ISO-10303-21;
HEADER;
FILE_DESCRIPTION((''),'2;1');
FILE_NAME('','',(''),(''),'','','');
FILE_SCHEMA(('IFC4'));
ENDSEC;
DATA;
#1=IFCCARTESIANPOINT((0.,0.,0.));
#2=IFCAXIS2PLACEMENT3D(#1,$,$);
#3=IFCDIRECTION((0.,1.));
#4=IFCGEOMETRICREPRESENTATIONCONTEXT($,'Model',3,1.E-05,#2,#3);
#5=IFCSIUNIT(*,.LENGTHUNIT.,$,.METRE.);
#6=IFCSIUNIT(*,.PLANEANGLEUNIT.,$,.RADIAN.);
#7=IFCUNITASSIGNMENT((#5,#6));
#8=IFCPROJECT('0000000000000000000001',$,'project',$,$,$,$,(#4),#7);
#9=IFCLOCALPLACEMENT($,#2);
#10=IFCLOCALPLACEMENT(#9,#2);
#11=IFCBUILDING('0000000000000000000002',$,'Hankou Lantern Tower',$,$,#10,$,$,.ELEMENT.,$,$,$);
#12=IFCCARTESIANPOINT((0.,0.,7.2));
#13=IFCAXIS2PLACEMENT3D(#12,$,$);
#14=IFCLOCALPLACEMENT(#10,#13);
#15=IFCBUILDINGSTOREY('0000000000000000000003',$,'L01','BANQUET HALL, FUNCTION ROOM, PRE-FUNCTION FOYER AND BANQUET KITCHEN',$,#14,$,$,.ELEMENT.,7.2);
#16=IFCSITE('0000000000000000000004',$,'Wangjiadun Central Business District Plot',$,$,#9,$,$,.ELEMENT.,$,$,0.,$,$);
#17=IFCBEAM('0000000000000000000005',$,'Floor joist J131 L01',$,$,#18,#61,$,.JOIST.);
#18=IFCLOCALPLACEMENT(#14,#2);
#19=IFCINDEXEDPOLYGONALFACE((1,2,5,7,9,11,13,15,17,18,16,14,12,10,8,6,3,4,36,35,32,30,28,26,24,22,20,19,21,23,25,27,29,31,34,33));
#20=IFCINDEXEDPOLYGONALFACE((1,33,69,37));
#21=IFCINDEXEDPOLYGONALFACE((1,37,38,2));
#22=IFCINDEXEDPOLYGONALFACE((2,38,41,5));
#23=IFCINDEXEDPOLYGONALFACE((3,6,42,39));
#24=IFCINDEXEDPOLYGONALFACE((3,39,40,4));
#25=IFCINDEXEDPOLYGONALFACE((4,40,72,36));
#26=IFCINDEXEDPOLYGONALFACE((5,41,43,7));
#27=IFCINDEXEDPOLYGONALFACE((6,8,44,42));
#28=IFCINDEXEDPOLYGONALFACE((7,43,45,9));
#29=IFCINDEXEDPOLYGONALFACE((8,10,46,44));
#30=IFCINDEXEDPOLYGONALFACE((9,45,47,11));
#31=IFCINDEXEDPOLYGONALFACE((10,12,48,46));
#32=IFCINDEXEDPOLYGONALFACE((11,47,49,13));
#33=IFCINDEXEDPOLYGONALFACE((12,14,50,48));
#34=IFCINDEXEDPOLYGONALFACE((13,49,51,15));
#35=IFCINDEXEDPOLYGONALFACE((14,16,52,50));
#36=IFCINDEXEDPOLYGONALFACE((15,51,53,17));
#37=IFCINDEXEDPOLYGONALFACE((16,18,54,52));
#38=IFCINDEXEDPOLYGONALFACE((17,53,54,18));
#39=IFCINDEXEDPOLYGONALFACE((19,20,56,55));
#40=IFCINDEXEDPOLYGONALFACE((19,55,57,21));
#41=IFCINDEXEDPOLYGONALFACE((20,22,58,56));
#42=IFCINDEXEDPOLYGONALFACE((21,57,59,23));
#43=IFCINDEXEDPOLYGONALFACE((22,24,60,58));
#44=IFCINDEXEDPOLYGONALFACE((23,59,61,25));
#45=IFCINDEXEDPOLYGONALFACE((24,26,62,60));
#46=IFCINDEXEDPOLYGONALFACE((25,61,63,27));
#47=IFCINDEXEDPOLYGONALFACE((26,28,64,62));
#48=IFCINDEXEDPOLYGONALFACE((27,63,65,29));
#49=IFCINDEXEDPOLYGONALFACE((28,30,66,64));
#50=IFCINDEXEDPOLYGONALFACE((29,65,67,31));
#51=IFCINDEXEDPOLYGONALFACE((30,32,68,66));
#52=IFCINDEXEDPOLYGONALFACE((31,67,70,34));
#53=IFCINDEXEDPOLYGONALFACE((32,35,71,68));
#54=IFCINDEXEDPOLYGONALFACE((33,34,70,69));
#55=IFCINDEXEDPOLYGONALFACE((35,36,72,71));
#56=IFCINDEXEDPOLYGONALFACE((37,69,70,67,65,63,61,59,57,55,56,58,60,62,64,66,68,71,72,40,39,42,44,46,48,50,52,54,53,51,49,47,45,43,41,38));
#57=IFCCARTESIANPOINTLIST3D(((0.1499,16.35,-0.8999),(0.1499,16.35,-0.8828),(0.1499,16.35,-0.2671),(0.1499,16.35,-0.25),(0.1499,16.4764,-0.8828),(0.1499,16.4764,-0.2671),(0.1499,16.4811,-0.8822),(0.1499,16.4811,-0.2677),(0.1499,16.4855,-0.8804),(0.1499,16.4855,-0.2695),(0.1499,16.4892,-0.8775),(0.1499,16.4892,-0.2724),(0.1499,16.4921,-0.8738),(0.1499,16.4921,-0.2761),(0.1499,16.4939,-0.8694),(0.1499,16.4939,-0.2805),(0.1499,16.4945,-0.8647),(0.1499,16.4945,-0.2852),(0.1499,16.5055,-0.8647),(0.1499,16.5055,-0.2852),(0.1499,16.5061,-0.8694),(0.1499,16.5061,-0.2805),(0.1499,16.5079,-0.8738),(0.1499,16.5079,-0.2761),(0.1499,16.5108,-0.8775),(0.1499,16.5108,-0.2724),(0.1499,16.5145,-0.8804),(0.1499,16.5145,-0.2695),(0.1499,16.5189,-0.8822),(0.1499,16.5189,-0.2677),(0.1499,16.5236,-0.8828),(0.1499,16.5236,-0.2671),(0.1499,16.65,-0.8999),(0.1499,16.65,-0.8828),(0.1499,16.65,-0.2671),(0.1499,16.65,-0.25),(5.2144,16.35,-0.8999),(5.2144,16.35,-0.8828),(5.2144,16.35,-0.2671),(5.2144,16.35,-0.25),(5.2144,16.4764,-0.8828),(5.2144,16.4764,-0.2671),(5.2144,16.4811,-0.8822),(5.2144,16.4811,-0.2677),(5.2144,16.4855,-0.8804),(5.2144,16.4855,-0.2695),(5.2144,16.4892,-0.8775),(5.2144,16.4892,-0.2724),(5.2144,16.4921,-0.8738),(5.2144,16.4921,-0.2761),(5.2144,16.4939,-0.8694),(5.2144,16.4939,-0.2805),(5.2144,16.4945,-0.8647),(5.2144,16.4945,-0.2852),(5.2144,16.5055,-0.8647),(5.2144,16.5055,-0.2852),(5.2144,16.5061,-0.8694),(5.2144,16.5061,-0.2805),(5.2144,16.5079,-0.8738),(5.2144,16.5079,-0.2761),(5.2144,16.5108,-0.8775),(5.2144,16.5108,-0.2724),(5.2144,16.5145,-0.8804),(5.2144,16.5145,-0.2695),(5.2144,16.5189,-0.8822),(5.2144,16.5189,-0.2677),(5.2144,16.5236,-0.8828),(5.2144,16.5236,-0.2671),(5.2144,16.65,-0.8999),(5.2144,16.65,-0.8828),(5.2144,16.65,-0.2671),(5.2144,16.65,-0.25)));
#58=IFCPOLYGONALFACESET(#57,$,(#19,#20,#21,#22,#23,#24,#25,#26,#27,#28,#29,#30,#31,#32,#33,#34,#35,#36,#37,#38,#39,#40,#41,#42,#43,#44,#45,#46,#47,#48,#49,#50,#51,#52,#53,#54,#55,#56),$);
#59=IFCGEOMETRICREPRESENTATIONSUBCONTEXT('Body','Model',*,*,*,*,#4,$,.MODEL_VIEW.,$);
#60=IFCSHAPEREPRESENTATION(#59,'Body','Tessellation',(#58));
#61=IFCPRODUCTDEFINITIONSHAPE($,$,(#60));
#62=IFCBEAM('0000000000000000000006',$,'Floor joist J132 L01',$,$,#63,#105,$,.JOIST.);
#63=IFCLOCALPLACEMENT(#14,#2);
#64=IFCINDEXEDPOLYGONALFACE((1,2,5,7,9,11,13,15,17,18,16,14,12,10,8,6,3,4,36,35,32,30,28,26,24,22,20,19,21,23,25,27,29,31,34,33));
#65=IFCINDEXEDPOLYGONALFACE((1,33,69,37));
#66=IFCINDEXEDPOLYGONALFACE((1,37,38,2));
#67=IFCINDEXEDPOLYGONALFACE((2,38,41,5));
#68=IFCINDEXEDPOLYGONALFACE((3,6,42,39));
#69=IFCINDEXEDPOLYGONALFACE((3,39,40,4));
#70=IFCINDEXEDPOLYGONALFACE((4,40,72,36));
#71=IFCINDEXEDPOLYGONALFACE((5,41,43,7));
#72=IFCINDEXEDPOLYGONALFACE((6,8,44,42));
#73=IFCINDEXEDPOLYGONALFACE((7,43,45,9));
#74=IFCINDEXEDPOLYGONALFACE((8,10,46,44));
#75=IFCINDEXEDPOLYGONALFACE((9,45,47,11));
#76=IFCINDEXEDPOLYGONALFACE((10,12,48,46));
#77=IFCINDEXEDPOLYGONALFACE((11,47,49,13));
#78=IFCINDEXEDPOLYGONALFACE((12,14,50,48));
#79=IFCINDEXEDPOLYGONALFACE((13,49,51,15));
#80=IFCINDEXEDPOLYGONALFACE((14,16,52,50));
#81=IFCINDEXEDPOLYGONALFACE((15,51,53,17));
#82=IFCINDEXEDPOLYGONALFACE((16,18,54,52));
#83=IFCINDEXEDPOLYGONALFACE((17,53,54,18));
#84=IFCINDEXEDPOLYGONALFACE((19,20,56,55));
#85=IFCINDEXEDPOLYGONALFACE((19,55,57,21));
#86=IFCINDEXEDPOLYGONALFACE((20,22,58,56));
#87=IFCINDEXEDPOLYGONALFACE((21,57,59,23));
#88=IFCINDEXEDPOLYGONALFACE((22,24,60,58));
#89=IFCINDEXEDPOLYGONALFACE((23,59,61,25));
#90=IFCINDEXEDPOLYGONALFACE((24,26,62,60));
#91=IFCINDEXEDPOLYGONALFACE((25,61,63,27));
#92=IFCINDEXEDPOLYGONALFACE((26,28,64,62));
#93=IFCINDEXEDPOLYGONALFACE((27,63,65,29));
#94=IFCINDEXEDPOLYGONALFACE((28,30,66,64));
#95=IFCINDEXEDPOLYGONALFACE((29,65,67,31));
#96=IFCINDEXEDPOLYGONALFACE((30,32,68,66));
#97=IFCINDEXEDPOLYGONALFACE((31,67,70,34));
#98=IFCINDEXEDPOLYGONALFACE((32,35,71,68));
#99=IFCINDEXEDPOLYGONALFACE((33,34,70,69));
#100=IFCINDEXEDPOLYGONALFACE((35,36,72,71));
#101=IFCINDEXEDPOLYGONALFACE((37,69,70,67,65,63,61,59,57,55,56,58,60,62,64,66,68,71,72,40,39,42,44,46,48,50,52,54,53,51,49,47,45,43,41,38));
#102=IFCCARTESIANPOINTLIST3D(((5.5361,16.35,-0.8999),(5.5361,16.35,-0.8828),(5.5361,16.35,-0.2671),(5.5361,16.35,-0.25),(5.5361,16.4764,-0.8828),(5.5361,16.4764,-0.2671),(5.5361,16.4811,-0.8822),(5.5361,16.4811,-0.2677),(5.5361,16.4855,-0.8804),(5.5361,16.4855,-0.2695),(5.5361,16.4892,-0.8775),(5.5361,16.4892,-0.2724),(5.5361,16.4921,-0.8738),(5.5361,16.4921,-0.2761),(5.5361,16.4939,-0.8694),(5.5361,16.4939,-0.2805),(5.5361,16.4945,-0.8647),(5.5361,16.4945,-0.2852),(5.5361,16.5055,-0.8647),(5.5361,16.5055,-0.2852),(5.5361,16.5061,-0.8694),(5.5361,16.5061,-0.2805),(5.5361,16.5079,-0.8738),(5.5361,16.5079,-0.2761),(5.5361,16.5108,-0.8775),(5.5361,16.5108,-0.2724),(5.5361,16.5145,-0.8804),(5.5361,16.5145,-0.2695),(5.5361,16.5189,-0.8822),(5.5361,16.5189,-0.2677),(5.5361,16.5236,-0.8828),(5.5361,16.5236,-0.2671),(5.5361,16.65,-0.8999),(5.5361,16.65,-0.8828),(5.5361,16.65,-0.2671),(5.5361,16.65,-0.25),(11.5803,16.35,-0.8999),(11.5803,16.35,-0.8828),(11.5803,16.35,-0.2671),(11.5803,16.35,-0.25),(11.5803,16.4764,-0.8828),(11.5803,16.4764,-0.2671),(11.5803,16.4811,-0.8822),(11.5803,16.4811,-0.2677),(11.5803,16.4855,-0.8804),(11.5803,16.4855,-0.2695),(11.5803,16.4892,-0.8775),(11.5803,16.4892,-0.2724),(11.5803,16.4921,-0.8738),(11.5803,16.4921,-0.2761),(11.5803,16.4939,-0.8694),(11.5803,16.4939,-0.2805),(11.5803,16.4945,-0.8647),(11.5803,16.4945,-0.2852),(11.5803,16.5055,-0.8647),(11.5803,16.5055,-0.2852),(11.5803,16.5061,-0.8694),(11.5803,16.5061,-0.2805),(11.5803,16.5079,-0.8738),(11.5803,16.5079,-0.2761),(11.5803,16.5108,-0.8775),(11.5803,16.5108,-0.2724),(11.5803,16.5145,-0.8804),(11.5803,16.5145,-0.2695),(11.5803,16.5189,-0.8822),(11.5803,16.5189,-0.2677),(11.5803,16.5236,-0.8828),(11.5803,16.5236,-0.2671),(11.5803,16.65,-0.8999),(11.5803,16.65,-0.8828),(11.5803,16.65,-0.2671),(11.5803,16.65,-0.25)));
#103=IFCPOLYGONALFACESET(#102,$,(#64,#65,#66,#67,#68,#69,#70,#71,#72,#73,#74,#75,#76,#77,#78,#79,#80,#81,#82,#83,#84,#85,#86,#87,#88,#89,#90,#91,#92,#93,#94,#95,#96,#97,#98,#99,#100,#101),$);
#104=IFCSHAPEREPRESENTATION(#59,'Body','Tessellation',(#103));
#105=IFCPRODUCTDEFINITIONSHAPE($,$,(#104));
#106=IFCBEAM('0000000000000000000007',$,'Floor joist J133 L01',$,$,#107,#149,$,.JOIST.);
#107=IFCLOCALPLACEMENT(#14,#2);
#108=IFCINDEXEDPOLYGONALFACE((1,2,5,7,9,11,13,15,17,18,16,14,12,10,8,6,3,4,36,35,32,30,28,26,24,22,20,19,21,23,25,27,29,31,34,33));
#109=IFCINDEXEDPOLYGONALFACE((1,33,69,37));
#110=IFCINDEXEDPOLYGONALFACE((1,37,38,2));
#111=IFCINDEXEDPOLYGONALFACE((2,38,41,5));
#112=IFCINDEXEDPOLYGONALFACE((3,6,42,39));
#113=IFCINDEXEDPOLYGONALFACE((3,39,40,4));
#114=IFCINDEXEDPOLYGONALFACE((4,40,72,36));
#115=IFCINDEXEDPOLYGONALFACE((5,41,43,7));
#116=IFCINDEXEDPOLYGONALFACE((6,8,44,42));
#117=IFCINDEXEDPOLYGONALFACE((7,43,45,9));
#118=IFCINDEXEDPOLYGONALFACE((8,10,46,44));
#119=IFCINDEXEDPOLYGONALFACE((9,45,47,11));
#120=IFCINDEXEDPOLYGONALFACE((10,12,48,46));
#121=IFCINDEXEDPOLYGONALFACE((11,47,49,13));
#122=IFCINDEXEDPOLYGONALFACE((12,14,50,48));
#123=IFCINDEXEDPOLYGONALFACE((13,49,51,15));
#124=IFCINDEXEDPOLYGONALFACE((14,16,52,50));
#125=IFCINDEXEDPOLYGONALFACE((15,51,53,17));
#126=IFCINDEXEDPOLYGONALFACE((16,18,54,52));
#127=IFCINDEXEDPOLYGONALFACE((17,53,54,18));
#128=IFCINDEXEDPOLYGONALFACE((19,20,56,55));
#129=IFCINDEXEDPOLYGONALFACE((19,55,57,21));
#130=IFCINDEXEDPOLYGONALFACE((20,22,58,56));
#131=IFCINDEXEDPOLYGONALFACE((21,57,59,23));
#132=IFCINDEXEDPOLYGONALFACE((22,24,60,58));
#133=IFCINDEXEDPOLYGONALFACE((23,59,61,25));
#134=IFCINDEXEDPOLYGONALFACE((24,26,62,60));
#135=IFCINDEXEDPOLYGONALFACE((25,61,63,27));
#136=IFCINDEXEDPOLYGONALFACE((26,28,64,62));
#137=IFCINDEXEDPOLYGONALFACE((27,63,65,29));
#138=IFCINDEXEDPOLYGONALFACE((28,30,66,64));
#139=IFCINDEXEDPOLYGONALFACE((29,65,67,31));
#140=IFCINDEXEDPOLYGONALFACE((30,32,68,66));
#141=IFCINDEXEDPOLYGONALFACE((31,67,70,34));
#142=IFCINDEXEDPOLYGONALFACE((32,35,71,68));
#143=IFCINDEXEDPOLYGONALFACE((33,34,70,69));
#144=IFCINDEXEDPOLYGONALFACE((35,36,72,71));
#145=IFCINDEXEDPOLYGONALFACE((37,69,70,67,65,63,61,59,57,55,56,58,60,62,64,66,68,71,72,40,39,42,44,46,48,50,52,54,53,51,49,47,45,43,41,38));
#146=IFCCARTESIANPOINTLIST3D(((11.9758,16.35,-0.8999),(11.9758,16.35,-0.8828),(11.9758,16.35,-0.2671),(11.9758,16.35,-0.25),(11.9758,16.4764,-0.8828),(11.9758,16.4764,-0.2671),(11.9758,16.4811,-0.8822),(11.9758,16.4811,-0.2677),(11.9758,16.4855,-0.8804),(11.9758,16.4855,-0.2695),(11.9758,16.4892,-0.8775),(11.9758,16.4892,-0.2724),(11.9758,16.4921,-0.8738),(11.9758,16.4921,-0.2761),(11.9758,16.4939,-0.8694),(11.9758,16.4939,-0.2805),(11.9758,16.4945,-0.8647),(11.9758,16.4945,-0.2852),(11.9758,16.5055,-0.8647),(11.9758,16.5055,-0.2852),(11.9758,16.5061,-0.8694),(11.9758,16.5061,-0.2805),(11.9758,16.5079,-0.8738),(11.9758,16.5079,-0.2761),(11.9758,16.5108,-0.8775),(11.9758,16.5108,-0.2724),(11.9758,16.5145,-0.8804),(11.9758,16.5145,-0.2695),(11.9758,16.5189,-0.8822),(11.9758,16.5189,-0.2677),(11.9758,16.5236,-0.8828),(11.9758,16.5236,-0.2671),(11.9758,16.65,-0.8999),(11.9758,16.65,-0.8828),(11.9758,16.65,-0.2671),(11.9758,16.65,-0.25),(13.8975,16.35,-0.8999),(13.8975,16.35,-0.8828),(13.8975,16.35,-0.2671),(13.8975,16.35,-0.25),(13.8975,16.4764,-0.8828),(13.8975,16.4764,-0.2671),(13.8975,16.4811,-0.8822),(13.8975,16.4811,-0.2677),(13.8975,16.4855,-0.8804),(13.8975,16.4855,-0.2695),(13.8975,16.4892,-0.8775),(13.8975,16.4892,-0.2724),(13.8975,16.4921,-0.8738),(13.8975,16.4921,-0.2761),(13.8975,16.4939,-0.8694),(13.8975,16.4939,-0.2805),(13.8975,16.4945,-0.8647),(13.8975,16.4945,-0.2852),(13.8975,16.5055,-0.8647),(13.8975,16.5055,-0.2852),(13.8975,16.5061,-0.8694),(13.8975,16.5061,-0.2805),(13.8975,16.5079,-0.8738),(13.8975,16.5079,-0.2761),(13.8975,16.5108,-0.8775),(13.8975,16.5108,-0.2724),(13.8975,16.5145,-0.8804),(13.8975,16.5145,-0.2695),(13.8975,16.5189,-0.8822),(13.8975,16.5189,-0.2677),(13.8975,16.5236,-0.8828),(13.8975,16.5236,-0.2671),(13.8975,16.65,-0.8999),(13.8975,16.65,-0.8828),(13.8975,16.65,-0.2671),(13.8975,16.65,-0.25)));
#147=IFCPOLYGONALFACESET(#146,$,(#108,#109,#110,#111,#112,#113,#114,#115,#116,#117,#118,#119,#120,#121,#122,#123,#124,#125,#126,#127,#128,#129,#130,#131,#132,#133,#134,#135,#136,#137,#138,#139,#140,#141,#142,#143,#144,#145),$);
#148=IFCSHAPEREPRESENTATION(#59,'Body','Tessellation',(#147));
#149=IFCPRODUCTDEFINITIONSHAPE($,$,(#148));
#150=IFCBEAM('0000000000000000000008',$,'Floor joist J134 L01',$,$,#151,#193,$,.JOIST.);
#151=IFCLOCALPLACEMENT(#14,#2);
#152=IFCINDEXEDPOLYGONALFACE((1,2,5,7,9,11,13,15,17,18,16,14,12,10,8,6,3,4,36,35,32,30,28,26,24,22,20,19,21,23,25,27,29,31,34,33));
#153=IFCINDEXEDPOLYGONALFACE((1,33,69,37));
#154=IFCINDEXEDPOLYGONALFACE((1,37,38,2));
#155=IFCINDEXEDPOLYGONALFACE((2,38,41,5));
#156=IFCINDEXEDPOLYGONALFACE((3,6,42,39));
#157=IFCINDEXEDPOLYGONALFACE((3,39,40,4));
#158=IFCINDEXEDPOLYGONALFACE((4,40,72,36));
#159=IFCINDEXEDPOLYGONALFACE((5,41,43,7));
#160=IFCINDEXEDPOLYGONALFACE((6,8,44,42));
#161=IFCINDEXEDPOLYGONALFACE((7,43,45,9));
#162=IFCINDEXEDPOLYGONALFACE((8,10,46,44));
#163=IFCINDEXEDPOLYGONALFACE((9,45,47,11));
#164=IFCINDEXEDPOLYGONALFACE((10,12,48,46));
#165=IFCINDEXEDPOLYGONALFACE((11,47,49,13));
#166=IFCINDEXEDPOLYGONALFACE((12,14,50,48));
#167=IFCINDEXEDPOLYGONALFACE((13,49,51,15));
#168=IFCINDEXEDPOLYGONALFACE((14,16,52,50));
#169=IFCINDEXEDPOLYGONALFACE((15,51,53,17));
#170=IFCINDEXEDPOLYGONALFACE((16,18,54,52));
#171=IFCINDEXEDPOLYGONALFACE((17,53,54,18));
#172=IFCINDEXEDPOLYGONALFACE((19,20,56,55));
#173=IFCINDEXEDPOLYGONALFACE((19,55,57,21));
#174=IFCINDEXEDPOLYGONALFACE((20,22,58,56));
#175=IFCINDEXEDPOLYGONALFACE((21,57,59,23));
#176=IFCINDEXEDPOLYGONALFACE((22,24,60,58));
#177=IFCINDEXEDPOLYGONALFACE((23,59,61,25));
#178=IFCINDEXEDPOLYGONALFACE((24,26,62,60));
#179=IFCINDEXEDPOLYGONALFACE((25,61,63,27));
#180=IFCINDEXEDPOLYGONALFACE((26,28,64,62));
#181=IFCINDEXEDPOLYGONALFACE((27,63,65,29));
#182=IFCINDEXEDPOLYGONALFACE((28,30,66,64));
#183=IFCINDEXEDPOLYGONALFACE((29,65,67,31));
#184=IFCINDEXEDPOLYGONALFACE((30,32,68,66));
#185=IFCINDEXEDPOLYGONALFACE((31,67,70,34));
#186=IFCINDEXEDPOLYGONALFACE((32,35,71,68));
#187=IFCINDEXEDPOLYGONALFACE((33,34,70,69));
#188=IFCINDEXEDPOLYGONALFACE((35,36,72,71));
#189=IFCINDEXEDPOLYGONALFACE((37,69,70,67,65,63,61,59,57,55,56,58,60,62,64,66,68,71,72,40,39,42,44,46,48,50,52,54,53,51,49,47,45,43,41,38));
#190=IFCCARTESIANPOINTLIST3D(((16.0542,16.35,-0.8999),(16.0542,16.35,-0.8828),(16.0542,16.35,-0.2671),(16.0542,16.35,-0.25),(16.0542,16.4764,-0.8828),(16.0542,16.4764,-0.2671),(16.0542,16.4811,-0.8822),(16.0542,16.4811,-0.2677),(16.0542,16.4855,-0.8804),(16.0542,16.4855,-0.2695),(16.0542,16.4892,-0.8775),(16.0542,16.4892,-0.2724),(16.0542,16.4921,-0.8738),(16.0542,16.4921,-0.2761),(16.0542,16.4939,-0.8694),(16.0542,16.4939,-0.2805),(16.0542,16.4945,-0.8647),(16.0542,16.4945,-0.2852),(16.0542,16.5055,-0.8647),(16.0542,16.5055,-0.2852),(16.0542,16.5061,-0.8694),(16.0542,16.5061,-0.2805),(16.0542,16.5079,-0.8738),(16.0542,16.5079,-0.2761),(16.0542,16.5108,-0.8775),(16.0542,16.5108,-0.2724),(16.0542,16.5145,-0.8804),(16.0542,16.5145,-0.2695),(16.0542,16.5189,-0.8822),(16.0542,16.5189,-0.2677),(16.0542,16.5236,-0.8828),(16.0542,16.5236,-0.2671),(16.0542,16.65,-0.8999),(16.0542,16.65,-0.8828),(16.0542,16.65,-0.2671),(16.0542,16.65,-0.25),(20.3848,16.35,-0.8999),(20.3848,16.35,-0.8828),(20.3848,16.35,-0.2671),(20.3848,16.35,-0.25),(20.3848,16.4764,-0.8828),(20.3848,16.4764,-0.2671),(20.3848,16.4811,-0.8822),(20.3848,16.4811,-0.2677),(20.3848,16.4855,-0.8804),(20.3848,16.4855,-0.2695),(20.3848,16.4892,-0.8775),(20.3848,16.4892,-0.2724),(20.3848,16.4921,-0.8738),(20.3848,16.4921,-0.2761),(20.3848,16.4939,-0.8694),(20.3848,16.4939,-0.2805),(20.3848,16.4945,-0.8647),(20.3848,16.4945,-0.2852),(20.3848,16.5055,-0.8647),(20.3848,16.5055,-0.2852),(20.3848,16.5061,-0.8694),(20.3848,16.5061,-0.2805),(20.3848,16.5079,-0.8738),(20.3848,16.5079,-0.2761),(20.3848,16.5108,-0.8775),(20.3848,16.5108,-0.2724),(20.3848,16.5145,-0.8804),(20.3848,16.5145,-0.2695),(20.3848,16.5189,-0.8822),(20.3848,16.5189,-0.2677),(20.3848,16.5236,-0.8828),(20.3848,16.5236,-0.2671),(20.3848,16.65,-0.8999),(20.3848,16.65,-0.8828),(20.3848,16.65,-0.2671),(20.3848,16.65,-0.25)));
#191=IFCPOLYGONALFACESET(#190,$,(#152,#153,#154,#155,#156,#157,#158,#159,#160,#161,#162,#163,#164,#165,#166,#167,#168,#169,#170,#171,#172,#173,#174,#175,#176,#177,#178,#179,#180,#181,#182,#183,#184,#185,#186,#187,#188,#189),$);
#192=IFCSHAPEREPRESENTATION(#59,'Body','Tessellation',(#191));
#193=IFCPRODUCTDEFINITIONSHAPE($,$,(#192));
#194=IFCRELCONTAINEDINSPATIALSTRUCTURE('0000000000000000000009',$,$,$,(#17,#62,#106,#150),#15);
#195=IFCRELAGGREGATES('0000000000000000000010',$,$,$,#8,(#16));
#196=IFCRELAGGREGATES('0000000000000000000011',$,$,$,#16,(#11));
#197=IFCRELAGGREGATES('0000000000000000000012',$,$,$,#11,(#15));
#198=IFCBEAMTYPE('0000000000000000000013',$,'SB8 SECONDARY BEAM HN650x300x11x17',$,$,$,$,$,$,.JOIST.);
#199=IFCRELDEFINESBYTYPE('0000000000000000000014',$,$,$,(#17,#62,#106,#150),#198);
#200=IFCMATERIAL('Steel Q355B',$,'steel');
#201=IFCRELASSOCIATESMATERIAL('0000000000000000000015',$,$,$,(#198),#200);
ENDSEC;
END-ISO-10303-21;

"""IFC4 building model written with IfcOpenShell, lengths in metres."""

from ifc_helpers import new_model, si_unit, direction, frame, origin, origin_2d, place, context, subcontext, project, spatial, i_section, extrude, material, material_profile, profile_set, type_object, element, save


model = new_model("IFC4")

# Units and contexts
model_context = context("Model", 3, precision=1e-05, world=origin(), true_north=direction((0.0, 1.0)))
body_context = subcontext(model_context, "Body", "Model", "MODEL_VIEW")
ifc_project = project(units=[si_unit("LENGTHUNIT", "METRE"), si_unit("PLANEANGLEUNIT", "RADIAN")], contexts=[model_context])

# Site, building, storey
site_placement = place(None, origin())
site = spatial("IfcSite", under=ifc_project, at=site_placement, Name="Wangjiadun Central Business District Plot", CompositionType="ELEMENT", RefElevation=0.0)
building_placement = place(site_placement, origin())
building = spatial("IfcBuilding", under=site, at=building_placement, Name="Hankou Lantern Tower", CompositionType="ELEMENT")
storey_placement = place(building_placement, frame((0.0, 0.0, 7.2)))
storey = spatial("IfcBuildingStorey", under=building, at=storey_placement, Name="L01", Description="BANQUET HALL, FUNCTION ROOM, PRE-FUNCTION FOYER AND BANQUET KITCHEN", CompositionType="ELEMENT", Elevation=7.2)

# Beams
ifc_material_1 = material(Name="Steel Q355B", Category="steel")
ifc_material_profile_1 = material_profile(ifc_material_1, i_section(OverallWidth=0.3, OverallDepth=0.6499, WebThickness=0.011, FlangeThickness=0.0171, FilletRadius=0.0181, at=origin_2d()), Name="HN650x300x11x17")
ifc_profile_set_1 = profile_set([ifc_material_profile_1], Name="Steel Q355B")
beam_type_1 = type_object("IfcBeamType", Name="SB8 SECONDARY BEAM HN650x300x11x17", PredefinedType="JOIST", material=ifc_profile_set_1)
beam_1_placement = place(storey_placement, frame((0.1499, 16.5, -0.575), z_axis=(1.0, 0.0, 0.0), x_axis=(0.0, 1.0, 0.0)))
element("IfcBeam", 1, at=beam_1_placement, inside=storey, type_object=beam_type_1, Name="Floor joist J131 L01", PredefinedType="JOIST", context=body_context, shape_type="SweptSolid", body=[
    extrude(i_section(OverallWidth=0.3, OverallDepth=0.6499, WebThickness=0.011, FlangeThickness=0.0171, FilletRadius=0.0181, at=origin_2d()), origin(), (0.0, 0.0, 1.0), 5.0645),
])
beam_2_placement = place(storey_placement, frame((5.5361, 16.5, -0.575), z_axis=(1.0, 0.0, 0.0), x_axis=(0.0, 1.0, 0.0)))
element("IfcBeam", 2, at=beam_2_placement, inside=storey, type_object=beam_type_1, Name="Floor joist J132 L01", PredefinedType="JOIST", context=body_context, shape_type="SweptSolid", body=[
    extrude(i_section(OverallWidth=0.3, OverallDepth=0.6499, WebThickness=0.011, FlangeThickness=0.0171, FilletRadius=0.0181, at=origin_2d()), origin(), (0.0, 0.0, 1.0), 6.0442),
])
beam_3_placement = place(storey_placement, frame((11.9758, 16.5, -0.575), z_axis=(1.0, 0.0, 0.0), x_axis=(0.0, 1.0, 0.0)))
element("IfcBeam", 3, at=beam_3_placement, inside=storey, type_object=beam_type_1, Name="Floor joist J133 L01", PredefinedType="JOIST", context=body_context, shape_type="SweptSolid", body=[
    extrude(i_section(OverallWidth=0.3, OverallDepth=0.6499, WebThickness=0.011, FlangeThickness=0.0171, FilletRadius=0.0181, at=origin_2d()), origin(), (0.0, 0.0, 1.0), 1.9216),
])
beam_4_placement = place(storey_placement, frame((16.0542, 16.5, -0.575), z_axis=(1.0, 0.0, 0.0), x_axis=(0.0, 1.0, 0.0)))
element("IfcBeam", 4, at=beam_4_placement, inside=storey, type_object=beam_type_1, Name="Floor joist J134 L01", PredefinedType="JOIST", context=body_context, shape_type="SweptSolid", body=[
    extrude(i_section(OverallWidth=0.3, OverallDepth=0.6499, WebThickness=0.011, FlangeThickness=0.0171, FilletRadius=0.0181, at=origin_2d()), origin(), (0.0, 0.0, 1.0), 4.3306),
])

save(model, "model.ifc")
